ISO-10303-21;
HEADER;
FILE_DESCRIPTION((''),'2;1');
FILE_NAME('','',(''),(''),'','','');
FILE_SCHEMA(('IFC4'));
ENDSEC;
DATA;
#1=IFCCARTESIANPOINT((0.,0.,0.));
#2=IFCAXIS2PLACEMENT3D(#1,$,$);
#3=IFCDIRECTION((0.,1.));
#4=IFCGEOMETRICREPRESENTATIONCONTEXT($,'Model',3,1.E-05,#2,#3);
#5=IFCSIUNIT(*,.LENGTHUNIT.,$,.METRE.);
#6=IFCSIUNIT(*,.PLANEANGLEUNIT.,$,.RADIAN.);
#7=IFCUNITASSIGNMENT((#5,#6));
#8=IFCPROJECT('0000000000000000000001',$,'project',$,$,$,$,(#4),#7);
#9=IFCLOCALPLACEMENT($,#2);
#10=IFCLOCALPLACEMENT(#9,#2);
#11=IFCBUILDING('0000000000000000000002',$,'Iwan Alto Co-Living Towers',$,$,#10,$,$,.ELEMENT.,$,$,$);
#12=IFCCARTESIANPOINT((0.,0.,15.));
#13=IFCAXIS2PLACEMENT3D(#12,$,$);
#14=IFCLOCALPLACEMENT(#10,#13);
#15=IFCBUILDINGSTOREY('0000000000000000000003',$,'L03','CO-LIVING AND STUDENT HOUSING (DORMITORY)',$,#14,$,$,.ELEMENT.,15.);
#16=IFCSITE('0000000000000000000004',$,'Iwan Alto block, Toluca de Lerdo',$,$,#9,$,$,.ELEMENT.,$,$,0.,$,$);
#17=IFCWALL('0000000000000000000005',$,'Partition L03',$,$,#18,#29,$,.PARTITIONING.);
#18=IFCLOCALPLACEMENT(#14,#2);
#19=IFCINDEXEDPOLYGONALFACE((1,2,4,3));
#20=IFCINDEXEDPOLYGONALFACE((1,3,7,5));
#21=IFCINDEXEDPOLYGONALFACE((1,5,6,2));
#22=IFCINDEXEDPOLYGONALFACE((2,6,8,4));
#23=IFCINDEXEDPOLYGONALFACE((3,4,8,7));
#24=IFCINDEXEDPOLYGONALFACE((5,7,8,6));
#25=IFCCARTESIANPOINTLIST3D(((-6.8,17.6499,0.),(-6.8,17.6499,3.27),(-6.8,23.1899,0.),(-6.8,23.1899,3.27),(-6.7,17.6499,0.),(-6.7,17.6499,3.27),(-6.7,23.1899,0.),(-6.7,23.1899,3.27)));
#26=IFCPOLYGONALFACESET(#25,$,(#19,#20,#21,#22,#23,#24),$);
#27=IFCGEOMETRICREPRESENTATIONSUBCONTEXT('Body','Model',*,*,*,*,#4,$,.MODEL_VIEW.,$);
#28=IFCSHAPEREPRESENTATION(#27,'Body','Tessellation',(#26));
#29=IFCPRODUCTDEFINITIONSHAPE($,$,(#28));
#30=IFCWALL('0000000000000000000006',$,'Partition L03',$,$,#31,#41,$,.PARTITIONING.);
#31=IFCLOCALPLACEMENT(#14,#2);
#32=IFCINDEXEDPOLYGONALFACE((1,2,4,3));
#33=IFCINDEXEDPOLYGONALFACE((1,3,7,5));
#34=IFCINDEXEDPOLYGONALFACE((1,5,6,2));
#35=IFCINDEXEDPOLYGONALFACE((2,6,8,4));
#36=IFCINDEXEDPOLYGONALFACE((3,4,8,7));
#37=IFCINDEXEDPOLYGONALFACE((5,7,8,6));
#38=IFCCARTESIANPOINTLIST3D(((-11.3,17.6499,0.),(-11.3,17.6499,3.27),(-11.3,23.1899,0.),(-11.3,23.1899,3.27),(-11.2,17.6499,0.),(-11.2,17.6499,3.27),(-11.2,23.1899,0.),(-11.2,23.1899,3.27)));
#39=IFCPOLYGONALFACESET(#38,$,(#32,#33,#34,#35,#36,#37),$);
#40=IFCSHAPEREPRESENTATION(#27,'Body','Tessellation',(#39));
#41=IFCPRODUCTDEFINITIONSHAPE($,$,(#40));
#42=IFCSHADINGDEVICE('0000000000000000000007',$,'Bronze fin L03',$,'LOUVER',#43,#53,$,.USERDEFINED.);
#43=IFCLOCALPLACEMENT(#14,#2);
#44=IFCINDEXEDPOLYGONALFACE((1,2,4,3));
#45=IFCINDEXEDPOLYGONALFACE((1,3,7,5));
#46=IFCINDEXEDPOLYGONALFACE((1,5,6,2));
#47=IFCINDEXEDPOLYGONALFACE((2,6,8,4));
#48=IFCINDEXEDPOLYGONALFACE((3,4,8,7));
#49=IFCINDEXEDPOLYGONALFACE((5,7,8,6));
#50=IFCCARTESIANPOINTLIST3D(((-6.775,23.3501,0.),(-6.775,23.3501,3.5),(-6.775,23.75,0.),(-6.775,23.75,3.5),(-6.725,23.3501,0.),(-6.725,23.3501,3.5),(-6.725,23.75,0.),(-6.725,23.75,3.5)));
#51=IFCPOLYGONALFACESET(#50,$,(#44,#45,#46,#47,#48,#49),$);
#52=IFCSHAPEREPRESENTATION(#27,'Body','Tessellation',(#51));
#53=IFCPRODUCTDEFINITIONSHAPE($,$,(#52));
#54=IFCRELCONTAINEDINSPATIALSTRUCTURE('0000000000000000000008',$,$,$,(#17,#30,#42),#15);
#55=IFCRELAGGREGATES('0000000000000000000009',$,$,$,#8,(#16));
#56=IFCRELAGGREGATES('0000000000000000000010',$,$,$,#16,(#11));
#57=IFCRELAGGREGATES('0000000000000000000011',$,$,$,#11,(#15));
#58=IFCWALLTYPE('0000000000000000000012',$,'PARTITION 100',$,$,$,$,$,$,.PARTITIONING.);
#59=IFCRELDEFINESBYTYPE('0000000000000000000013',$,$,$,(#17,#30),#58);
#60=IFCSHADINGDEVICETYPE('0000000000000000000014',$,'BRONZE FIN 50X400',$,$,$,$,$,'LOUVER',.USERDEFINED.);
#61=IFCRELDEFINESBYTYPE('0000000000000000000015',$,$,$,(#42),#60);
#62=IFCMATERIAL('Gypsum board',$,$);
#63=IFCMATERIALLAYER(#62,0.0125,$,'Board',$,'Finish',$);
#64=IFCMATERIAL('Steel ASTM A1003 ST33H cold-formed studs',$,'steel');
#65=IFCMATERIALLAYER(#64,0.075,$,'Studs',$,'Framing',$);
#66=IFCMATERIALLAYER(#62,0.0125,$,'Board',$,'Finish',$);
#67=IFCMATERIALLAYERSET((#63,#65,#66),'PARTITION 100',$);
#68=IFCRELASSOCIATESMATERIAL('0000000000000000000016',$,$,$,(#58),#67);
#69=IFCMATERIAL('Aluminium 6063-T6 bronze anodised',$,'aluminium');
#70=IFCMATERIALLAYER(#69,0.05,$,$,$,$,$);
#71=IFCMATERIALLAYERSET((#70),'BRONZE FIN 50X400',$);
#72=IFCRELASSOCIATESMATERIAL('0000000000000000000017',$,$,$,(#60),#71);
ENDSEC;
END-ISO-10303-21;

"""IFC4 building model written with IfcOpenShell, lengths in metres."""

from ifc_helpers import new_model, si_unit, direction, frame, frame_2d, origin, origin_2d, place, context, subcontext, project, spatial, rectangle, extrude, material, layer, layer_set, type_object, element, save


model = new_model("IFC4")

# Units and contexts
model_context = context("Model", 3, precision=1e-05, world=origin(), true_north=direction((0.0, 1.0)))
body_context = subcontext(model_context, "Body", "Model", "MODEL_VIEW")
ifc_project = project(units=[si_unit("LENGTHUNIT", "METRE"), si_unit("PLANEANGLEUNIT", "RADIAN")], contexts=[model_context])

# Site, building, storey
site_placement = place(None, origin())
site = spatial("IfcSite", under=ifc_project, at=site_placement, Name="Iwan Alto block, Toluca de Lerdo", CompositionType="ELEMENT", RefElevation=0.0)
building_placement = place(site_placement, origin())
building = spatial("IfcBuilding", under=site, at=building_placement, Name="Iwan Alto Co-Living Towers", CompositionType="ELEMENT")
storey_placement = place(building_placement, frame((0.0, 0.0, 15.0)))
storey = spatial("IfcBuildingStorey", under=building, at=storey_placement, Name="L03", Description="CO-LIVING AND STUDENT HOUSING (DORMITORY)", CompositionType="ELEMENT", Elevation=15.0)

# Shared definitions
ifc_material_1 = material(Name="Gypsum board")
ifc_layer_1 = layer(ifc_material_1, 0.0125, Name="Board", Category="Finish")
ifc_material_2 = material(Name="Steel ASTM A1003 ST33H cold-formed studs", Category="steel")
ifc_layer_2 = layer(ifc_material_2, 0.075, Name="Studs", Category="Framing")
ifc_layer_3 = layer(ifc_material_1, 0.0125, Name="Board", Category="Finish")
ifc_layer_set_1 = layer_set([ifc_layer_1, ifc_layer_2, ifc_layer_3], Name="PARTITION 100")
wall_type = type_object("IfcWallType", Name="PARTITION 100", PredefinedType="PARTITIONING", material=ifc_layer_set_1)

# Walls
for number, where, z_axis, x_axis, name in (
    (1, (-6.75, 17.6499, 0.0), (0.0, 0.0, 1.0), (0.0, 1.0, 0.0), "Partition L03"),
    (2, (-11.25, 17.6499, 0.0), (0.0, 0.0, 1.0), (0.0, 1.0, 0.0), "Partition L03"),
):
    element("IfcWall", number, at=place(storey_placement, frame(where, z_axis=z_axis, x_axis=x_axis)), inside=storey, type_object=wall_type, Name=name, PredefinedType="PARTITIONING", context=body_context, shape_type="SweptSolid", body=[
        extrude(rectangle(XDim=5.54, YDim=0.1001, at=frame_2d((2.77, 0.0))), origin(), (0.0, 0.0, 1.0), 3.27),
    ])

# Shading device
ifc_material_3 = material(Name="Aluminium 6063-T6 bronze anodised", Category="aluminium")
ifc_layer_4 = layer(ifc_material_3, 0.05)
ifc_layer_set_2 = layer_set([ifc_layer_4], Name="BRONZE FIN 50X400")
shading_device_type = type_object("IfcShadingDeviceType", Name="BRONZE FIN 50X400", ElementType="LOUVER", PredefinedType="USERDEFINED", material=ifc_layer_set_2)
shading_device_placement = place(storey_placement, frame((-6.75, 23.55, 0.0), z_axis=(0.0, 0.0, 1.0), x_axis=(-1.0, 0.0, 0.0)))
element("IfcShadingDevice", 3, at=shading_device_placement, inside=storey, type_object=shading_device_type, Name="Bronze fin L03", ObjectType="LOUVER", PredefinedType="USERDEFINED", context=body_context, shape_type="SweptSolid", body=[
    extrude(rectangle(XDim=0.05, YDim=0.3999, at=origin_2d()), origin(), (0.0, 0.0, 1.0), 3.5),
])

save(model, "model.ifc")
